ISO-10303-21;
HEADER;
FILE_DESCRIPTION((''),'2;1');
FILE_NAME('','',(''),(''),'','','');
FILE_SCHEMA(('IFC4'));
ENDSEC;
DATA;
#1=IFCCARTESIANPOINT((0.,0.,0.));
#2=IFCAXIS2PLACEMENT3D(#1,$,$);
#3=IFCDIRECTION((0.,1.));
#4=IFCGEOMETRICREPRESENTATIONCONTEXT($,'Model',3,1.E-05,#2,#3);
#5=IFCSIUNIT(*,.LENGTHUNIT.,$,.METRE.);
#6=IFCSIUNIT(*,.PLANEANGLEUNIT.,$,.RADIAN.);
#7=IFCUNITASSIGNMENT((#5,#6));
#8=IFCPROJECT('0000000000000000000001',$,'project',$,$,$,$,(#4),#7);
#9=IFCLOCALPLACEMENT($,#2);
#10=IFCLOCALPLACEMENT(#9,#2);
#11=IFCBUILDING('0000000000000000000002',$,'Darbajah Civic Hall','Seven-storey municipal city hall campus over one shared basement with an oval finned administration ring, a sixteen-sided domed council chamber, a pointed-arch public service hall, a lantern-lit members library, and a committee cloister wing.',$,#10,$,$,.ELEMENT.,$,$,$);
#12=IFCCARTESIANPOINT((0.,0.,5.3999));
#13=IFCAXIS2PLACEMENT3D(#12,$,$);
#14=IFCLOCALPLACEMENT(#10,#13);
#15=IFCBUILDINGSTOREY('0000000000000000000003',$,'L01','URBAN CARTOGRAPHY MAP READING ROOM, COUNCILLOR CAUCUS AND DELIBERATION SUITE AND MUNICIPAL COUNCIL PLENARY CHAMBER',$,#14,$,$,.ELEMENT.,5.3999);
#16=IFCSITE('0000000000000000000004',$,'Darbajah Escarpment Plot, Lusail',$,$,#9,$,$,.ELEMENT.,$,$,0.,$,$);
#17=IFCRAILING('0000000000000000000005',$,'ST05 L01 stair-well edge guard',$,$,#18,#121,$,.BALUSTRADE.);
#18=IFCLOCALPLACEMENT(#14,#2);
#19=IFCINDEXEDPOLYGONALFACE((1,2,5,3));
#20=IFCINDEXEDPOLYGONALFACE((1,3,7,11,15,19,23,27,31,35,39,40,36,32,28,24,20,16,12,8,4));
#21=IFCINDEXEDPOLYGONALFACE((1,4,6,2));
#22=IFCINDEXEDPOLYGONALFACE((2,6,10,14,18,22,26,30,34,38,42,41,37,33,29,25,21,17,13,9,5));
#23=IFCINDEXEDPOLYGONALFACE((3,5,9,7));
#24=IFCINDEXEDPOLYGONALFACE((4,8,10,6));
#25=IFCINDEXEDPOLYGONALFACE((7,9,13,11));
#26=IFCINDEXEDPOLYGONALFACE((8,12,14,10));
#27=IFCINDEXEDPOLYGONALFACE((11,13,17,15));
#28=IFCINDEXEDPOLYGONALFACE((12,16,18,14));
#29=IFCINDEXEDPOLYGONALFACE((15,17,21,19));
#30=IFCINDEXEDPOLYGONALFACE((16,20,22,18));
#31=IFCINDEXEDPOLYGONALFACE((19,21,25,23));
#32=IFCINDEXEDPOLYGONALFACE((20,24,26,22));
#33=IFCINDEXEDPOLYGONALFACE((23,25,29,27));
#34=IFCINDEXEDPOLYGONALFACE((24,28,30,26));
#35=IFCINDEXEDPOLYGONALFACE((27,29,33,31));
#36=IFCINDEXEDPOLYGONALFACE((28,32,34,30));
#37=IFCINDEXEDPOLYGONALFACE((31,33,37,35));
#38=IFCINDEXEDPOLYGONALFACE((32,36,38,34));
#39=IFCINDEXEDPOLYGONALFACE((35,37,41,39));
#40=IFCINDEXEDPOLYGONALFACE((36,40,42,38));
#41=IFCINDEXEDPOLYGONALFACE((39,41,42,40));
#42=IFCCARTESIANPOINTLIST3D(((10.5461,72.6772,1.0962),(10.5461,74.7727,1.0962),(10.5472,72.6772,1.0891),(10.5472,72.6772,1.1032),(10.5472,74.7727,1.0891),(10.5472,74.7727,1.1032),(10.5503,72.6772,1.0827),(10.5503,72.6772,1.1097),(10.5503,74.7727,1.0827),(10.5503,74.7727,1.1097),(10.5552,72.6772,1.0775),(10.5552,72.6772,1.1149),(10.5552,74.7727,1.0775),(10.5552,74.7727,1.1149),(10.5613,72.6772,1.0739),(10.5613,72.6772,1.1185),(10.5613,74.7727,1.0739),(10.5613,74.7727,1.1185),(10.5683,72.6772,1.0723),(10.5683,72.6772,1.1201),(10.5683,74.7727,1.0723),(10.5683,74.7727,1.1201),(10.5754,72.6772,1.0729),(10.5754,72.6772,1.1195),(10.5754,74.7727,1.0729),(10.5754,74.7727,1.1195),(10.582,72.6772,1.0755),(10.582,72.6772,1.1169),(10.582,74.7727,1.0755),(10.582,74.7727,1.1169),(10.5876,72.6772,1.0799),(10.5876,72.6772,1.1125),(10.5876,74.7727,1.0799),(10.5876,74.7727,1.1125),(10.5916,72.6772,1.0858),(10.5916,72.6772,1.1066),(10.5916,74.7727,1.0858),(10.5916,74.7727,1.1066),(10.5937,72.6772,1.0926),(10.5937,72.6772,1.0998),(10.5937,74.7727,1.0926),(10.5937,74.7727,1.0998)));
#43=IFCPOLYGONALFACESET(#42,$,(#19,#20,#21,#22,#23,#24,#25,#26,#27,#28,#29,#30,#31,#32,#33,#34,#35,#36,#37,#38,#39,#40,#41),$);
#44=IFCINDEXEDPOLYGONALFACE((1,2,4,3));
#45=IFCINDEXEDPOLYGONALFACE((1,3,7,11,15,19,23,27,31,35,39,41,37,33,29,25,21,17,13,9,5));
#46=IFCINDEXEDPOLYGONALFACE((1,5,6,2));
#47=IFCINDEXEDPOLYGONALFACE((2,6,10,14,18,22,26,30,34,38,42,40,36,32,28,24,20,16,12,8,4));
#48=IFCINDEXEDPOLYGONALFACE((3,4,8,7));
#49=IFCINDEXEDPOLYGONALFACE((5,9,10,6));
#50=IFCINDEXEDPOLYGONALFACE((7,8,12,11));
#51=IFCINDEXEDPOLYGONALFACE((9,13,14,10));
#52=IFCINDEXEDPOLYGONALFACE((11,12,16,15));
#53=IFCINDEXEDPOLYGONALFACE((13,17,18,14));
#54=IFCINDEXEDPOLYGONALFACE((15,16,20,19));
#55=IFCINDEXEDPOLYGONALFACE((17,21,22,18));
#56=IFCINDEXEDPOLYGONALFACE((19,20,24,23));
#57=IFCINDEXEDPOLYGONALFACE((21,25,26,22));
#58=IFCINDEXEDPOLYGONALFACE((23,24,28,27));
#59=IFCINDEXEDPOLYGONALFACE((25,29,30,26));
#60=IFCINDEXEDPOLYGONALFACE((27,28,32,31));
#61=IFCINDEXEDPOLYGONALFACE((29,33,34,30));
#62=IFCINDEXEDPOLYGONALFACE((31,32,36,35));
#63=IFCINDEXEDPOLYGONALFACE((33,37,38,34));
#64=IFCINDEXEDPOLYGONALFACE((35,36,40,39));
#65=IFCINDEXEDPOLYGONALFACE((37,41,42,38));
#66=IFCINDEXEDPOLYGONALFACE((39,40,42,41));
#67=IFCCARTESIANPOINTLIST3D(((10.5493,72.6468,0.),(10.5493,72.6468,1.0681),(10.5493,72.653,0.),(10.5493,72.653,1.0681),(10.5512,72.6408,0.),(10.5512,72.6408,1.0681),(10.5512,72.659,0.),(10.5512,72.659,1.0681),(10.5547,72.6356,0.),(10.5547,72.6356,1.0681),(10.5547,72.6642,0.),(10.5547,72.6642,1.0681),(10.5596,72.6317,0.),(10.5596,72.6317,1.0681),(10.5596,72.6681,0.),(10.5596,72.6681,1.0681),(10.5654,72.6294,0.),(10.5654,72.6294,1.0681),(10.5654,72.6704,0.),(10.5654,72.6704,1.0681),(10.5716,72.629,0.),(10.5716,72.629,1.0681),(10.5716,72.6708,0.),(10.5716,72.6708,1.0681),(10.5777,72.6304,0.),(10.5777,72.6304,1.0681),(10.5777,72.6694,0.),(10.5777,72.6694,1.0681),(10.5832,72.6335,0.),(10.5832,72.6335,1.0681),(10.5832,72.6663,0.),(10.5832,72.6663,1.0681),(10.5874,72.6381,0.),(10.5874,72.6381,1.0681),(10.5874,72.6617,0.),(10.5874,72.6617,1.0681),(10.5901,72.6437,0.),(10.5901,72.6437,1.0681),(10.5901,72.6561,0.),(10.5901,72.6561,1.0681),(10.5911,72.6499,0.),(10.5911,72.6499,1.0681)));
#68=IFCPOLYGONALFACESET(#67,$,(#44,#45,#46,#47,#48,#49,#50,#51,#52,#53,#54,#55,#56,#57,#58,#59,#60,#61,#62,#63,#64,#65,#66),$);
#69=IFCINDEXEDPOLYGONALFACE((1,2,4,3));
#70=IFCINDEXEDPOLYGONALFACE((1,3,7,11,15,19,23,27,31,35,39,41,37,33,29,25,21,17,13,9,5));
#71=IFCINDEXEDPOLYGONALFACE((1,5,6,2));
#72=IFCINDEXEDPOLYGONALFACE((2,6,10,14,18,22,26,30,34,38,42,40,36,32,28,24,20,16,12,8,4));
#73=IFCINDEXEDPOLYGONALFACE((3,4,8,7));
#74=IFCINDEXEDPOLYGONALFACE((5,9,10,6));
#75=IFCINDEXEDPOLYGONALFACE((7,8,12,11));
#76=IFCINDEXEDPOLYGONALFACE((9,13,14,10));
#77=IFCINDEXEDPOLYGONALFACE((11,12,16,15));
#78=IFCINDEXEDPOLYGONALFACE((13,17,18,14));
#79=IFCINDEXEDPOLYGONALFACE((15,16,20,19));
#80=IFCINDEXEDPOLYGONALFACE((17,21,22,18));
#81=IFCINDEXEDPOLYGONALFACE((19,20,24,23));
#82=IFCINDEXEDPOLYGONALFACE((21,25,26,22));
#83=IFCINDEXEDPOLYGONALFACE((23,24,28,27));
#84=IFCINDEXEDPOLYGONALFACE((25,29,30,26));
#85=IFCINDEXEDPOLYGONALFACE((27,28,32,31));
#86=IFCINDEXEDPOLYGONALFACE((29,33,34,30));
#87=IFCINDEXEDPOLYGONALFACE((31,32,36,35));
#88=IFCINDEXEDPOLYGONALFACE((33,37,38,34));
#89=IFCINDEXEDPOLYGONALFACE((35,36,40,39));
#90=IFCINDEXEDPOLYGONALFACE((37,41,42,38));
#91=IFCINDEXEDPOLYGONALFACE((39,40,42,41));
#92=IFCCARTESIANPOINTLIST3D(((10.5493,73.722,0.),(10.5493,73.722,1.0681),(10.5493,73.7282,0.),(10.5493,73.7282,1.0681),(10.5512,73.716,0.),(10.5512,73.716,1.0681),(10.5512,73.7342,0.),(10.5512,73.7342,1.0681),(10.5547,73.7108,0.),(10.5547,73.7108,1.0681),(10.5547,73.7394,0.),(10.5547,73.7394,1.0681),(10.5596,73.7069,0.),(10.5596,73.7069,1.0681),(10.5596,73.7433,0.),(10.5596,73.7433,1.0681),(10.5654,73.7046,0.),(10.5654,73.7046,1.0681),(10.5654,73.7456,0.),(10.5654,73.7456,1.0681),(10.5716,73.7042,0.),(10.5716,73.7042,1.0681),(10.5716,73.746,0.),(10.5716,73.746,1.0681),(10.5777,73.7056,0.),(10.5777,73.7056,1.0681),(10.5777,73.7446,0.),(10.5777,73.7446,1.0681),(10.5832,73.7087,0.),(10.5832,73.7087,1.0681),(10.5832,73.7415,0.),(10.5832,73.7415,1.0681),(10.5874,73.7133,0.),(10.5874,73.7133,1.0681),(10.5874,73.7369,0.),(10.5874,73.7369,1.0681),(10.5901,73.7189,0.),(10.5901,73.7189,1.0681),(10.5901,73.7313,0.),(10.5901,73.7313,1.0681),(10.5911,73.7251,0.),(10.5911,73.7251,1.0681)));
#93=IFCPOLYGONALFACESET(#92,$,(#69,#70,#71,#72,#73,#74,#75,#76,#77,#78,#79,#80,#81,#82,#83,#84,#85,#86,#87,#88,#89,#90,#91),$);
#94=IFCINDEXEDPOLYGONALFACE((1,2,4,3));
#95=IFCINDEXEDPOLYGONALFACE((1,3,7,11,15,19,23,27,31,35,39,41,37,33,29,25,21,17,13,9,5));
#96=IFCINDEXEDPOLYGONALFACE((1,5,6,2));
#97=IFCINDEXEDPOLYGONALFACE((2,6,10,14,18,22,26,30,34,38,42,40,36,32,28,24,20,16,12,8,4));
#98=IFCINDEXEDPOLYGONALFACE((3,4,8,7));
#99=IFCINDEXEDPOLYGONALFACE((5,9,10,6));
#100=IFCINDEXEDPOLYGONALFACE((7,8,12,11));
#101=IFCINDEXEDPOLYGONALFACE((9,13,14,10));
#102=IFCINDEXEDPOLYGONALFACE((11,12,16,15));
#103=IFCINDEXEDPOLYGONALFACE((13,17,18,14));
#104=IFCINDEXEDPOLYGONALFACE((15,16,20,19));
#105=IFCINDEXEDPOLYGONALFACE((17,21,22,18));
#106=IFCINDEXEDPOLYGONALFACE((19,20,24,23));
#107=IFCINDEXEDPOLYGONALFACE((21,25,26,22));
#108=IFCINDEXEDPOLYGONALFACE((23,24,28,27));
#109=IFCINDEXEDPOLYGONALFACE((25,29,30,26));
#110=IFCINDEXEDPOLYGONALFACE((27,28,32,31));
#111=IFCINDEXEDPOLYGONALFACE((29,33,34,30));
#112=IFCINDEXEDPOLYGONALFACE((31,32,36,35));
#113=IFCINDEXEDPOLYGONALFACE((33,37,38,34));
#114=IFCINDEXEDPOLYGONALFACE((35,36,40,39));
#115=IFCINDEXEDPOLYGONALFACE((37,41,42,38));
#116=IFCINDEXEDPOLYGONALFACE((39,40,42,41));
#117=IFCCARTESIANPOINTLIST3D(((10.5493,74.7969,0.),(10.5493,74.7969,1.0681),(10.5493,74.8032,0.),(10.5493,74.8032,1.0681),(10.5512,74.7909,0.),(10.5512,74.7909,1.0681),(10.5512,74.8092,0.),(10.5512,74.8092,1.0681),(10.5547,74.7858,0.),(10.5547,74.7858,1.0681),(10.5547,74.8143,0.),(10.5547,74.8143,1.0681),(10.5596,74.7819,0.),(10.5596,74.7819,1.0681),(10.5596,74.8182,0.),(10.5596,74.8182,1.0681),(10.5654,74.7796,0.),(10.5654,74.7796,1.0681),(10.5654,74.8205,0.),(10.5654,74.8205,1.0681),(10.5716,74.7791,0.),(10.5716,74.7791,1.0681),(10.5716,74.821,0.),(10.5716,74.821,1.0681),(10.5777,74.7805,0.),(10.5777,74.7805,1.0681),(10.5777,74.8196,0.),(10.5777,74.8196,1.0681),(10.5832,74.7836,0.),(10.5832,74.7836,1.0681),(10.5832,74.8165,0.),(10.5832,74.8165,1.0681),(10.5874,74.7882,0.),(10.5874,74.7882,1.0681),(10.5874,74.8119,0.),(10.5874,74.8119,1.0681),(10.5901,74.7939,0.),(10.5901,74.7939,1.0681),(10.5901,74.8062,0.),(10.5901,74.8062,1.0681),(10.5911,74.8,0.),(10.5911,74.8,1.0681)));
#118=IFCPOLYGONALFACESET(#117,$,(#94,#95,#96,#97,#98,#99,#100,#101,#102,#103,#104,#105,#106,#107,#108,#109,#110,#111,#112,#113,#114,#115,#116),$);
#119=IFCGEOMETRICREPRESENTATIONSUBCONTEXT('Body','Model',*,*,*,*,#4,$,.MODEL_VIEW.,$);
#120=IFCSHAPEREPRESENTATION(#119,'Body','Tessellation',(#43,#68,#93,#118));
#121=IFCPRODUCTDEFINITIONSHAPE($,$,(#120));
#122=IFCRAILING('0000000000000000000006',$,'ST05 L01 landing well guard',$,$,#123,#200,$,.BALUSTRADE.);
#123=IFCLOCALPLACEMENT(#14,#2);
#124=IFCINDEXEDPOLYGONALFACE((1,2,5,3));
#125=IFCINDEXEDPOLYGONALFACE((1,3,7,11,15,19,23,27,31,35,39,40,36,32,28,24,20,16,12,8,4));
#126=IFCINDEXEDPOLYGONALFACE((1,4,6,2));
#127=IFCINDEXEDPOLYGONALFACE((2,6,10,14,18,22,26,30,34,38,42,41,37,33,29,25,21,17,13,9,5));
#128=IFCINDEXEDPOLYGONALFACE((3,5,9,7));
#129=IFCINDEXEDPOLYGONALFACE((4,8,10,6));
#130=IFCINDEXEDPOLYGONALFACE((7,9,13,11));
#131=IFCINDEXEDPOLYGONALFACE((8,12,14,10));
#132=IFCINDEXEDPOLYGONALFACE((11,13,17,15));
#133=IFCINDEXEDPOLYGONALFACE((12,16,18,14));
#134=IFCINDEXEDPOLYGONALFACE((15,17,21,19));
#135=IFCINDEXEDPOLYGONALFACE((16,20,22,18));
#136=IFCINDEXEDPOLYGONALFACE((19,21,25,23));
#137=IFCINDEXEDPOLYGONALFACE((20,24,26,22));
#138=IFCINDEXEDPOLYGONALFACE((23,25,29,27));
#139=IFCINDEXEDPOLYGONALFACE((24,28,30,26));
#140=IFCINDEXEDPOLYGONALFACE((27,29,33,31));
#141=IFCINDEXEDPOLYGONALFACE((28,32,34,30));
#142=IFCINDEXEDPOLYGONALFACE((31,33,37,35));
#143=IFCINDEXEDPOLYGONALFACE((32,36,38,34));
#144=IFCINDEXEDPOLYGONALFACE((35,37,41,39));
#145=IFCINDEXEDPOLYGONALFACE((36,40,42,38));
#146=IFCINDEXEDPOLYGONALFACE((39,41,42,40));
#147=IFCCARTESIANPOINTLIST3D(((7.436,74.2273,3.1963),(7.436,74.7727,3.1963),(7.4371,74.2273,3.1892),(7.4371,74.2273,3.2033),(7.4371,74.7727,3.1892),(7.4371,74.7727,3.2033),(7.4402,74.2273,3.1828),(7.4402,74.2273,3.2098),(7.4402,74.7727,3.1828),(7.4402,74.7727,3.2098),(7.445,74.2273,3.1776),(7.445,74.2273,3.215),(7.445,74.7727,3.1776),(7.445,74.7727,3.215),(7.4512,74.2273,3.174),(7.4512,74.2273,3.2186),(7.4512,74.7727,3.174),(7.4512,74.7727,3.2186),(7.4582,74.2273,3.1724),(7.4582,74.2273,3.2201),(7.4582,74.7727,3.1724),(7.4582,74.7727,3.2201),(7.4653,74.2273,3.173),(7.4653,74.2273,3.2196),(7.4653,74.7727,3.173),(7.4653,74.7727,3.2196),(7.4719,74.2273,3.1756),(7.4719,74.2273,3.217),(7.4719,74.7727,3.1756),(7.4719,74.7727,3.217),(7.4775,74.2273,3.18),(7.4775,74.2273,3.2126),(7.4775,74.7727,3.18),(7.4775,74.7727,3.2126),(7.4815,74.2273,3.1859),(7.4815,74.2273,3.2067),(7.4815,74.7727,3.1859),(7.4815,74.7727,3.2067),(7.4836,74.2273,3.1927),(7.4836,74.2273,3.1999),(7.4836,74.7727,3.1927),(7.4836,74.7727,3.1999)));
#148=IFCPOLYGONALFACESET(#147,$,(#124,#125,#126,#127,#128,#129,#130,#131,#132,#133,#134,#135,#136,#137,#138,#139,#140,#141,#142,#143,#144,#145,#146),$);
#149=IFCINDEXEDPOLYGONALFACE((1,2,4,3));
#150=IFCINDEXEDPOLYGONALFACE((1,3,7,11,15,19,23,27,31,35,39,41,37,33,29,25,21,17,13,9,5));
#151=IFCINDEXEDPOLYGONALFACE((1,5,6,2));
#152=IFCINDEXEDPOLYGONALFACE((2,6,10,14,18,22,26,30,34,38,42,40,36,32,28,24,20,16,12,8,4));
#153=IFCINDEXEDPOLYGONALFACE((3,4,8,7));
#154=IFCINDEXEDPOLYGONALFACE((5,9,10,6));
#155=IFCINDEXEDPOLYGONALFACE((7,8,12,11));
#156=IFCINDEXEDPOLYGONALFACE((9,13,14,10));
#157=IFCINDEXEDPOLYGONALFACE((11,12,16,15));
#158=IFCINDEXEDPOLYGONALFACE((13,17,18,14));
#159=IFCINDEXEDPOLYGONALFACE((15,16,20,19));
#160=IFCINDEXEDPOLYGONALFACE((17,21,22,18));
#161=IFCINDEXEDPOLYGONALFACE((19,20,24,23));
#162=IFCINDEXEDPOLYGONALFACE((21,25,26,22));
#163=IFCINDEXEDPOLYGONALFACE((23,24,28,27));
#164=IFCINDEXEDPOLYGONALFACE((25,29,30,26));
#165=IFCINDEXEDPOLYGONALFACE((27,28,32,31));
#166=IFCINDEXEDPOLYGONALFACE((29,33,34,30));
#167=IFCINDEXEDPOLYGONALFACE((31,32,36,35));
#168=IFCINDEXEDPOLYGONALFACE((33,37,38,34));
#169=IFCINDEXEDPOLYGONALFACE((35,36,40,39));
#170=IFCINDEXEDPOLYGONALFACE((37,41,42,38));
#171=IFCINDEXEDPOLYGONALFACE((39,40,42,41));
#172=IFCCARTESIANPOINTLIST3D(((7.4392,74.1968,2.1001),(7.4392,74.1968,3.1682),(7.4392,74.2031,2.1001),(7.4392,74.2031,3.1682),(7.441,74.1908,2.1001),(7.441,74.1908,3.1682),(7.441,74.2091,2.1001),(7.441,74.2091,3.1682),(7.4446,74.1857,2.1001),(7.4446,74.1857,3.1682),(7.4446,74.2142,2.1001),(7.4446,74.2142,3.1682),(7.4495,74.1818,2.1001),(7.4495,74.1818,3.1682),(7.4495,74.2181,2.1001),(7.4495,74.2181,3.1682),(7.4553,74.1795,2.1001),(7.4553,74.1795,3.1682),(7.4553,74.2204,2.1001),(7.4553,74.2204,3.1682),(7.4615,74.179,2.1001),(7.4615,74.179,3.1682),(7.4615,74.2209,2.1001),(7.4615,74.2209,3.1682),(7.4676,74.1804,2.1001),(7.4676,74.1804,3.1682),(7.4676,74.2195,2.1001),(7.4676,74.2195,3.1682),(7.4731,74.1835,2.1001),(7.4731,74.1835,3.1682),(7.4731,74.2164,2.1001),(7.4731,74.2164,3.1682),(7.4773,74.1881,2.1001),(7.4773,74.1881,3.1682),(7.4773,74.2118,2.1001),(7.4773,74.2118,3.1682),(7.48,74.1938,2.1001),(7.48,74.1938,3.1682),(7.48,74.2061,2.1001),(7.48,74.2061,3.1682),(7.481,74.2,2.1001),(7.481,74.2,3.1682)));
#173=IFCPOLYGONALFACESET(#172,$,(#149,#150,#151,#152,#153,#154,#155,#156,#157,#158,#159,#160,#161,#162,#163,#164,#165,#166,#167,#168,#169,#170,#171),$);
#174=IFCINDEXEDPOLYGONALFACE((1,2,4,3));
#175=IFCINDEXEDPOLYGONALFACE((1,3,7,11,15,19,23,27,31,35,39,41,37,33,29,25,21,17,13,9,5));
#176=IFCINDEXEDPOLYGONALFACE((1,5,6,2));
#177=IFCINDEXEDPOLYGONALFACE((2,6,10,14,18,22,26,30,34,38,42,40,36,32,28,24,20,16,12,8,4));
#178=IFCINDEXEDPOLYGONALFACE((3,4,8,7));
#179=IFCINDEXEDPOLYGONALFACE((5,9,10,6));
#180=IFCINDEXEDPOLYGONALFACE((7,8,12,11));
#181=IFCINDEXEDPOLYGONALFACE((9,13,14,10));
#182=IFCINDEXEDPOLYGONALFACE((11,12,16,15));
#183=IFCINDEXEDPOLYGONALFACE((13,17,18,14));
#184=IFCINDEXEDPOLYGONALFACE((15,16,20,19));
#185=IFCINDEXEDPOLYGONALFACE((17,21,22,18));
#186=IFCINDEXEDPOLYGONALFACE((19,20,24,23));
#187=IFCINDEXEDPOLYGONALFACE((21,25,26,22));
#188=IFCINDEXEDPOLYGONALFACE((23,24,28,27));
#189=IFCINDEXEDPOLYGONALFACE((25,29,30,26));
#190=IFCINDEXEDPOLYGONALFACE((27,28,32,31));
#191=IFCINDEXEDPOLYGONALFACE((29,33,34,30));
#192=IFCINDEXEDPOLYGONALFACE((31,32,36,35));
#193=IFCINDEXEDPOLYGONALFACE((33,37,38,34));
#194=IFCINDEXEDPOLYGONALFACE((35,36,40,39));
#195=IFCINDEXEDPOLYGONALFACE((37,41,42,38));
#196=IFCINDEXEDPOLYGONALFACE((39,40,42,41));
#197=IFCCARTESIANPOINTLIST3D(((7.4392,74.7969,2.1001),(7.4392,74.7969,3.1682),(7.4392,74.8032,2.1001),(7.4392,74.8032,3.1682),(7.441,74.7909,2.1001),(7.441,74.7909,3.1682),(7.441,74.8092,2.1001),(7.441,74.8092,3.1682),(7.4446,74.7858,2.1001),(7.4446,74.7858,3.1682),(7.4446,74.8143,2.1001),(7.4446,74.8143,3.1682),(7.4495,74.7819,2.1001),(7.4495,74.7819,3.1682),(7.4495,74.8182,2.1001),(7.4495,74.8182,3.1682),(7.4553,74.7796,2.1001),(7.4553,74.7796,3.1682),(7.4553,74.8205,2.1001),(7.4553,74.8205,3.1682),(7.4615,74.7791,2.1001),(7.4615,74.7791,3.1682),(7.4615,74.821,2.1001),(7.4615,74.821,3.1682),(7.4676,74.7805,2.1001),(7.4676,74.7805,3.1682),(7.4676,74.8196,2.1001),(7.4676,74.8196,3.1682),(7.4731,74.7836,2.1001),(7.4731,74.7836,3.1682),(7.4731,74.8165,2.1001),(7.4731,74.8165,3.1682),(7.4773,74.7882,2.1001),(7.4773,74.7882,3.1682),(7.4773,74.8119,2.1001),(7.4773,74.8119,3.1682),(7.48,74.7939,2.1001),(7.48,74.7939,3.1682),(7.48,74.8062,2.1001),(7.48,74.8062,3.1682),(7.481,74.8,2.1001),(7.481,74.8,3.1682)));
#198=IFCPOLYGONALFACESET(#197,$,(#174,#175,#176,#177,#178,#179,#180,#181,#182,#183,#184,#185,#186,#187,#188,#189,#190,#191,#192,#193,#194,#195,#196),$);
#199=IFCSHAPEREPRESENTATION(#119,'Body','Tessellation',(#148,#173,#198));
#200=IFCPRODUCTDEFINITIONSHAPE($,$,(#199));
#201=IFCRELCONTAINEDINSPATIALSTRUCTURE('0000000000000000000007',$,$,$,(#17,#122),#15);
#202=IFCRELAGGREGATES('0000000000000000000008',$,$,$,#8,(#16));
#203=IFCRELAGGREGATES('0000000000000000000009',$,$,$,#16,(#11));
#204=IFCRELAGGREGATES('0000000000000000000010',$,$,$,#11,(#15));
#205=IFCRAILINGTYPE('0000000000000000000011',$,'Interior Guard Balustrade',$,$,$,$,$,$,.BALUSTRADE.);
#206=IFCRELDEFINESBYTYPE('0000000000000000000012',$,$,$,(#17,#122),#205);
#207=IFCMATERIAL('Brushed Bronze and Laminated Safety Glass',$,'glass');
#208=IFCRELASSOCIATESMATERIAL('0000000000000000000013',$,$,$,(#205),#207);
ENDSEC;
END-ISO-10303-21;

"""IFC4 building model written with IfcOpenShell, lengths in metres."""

from ifc_helpers import new_model, si_unit, direction, frame, origin, origin_2d, place, context, subcontext, project, spatial, circle, extrude, material, type_object, element, save


model = new_model("IFC4")

# Units and contexts
model_context = context("Model", 3, precision=1e-05, world=origin(), true_north=direction((0.0, 1.0)))
body_context = subcontext(model_context, "Body", "Model", "MODEL_VIEW")
ifc_project = project(units=[si_unit("LENGTHUNIT", "METRE"), si_unit("PLANEANGLEUNIT", "RADIAN")], contexts=[model_context])

# Site, building, storey
site_placement = place(None, origin())
site = spatial("IfcSite", under=ifc_project, at=site_placement, Name="Darbajah Escarpment Plot, Lusail", CompositionType="ELEMENT", RefElevation=0.0)
building_placement = place(site_placement, origin())
building = spatial("IfcBuilding", under=site, at=building_placement, Name="Darbajah Civic Hall", Description="Seven-storey municipal city hall campus over one shared basement with an oval finned administration ring, a sixteen-sided domed council chamber, a pointed-arch public service hall, a lantern-lit members library, and a committee cloister wing.", CompositionType="ELEMENT")
storey_placement = place(building_placement, frame((0.0, 0.0, 5.3999)))
storey = spatial("IfcBuildingStorey", under=building, at=storey_placement, Name="L01", Description="URBAN CARTOGRAPHY MAP READING ROOM, COUNCILLOR CAUCUS AND DELIBERATION SUITE AND MUNICIPAL COUNCIL PLENARY CHAMBER", CompositionType="ELEMENT", Elevation=5.3999)

# Railings
ifc_material_1 = material(Name="Brushed Bronze and Laminated Safety Glass", Category="glass")
railing_type_1 = type_object("IfcRailingType", Name="Interior Guard Balustrade", PredefinedType="BALUSTRADE", material=ifc_material_1)
railing_1_placement = place(storey_placement, frame((10.5701, 72.6499, 0.0)))
element("IfcRailing", 1, at=railing_1_placement, inside=storey, type_object=railing_type_1, Name="ST05 L01 stair-well edge guard", PredefinedType="BALUSTRADE", context=body_context, shape_type="SweptSolid", body=[
    extrude(circle(Radius=0.0239, at=origin_2d()), frame((0.0, 0.0273, 1.0962), z_axis=(0.0, 1.0, 0.0), x_axis=(-1.0, 0.0, 0.0)), (0.0, 0.0, 1.0), 2.0955),
    extrude(circle(Radius=0.021, at=origin_2d()), origin(), (0.0, 0.0, 1.0), 1.0681),
    extrude(circle(Radius=0.021, at=origin_2d()), frame((0.0, 1.0752, 0.0)), (0.0, 0.0, 1.0), 1.0681),
    extrude(circle(Radius=0.021, at=origin_2d()), frame((0.0, 2.1501, 0.0)), (0.0, 0.0, 1.0), 1.0681),
])
railing_2_placement = place(storey_placement, frame((7.46, 74.2, 2.1001)))
element("IfcRailing", 2, at=railing_2_placement, inside=storey, type_object=railing_type_1, Name="ST05 L01 landing well guard", PredefinedType="BALUSTRADE", context=body_context, shape_type="SweptSolid", body=[
    extrude(circle(Radius=0.0239, at=origin_2d()), frame((0.0, 0.0273, 1.0962), z_axis=(0.0, 1.0, 0.0), x_axis=(-1.0, 0.0, 0.0)), (0.0, 0.0, 1.0), 0.5454),
    extrude(circle(Radius=0.021, at=origin_2d()), origin(), (0.0, 0.0, 1.0), 1.0681),
    extrude(circle(Radius=0.021, at=origin_2d()), frame((0.0, 0.6001, 0.0)), (0.0, 0.0, 1.0), 1.0681),
])

save(model, "model.ifc")
